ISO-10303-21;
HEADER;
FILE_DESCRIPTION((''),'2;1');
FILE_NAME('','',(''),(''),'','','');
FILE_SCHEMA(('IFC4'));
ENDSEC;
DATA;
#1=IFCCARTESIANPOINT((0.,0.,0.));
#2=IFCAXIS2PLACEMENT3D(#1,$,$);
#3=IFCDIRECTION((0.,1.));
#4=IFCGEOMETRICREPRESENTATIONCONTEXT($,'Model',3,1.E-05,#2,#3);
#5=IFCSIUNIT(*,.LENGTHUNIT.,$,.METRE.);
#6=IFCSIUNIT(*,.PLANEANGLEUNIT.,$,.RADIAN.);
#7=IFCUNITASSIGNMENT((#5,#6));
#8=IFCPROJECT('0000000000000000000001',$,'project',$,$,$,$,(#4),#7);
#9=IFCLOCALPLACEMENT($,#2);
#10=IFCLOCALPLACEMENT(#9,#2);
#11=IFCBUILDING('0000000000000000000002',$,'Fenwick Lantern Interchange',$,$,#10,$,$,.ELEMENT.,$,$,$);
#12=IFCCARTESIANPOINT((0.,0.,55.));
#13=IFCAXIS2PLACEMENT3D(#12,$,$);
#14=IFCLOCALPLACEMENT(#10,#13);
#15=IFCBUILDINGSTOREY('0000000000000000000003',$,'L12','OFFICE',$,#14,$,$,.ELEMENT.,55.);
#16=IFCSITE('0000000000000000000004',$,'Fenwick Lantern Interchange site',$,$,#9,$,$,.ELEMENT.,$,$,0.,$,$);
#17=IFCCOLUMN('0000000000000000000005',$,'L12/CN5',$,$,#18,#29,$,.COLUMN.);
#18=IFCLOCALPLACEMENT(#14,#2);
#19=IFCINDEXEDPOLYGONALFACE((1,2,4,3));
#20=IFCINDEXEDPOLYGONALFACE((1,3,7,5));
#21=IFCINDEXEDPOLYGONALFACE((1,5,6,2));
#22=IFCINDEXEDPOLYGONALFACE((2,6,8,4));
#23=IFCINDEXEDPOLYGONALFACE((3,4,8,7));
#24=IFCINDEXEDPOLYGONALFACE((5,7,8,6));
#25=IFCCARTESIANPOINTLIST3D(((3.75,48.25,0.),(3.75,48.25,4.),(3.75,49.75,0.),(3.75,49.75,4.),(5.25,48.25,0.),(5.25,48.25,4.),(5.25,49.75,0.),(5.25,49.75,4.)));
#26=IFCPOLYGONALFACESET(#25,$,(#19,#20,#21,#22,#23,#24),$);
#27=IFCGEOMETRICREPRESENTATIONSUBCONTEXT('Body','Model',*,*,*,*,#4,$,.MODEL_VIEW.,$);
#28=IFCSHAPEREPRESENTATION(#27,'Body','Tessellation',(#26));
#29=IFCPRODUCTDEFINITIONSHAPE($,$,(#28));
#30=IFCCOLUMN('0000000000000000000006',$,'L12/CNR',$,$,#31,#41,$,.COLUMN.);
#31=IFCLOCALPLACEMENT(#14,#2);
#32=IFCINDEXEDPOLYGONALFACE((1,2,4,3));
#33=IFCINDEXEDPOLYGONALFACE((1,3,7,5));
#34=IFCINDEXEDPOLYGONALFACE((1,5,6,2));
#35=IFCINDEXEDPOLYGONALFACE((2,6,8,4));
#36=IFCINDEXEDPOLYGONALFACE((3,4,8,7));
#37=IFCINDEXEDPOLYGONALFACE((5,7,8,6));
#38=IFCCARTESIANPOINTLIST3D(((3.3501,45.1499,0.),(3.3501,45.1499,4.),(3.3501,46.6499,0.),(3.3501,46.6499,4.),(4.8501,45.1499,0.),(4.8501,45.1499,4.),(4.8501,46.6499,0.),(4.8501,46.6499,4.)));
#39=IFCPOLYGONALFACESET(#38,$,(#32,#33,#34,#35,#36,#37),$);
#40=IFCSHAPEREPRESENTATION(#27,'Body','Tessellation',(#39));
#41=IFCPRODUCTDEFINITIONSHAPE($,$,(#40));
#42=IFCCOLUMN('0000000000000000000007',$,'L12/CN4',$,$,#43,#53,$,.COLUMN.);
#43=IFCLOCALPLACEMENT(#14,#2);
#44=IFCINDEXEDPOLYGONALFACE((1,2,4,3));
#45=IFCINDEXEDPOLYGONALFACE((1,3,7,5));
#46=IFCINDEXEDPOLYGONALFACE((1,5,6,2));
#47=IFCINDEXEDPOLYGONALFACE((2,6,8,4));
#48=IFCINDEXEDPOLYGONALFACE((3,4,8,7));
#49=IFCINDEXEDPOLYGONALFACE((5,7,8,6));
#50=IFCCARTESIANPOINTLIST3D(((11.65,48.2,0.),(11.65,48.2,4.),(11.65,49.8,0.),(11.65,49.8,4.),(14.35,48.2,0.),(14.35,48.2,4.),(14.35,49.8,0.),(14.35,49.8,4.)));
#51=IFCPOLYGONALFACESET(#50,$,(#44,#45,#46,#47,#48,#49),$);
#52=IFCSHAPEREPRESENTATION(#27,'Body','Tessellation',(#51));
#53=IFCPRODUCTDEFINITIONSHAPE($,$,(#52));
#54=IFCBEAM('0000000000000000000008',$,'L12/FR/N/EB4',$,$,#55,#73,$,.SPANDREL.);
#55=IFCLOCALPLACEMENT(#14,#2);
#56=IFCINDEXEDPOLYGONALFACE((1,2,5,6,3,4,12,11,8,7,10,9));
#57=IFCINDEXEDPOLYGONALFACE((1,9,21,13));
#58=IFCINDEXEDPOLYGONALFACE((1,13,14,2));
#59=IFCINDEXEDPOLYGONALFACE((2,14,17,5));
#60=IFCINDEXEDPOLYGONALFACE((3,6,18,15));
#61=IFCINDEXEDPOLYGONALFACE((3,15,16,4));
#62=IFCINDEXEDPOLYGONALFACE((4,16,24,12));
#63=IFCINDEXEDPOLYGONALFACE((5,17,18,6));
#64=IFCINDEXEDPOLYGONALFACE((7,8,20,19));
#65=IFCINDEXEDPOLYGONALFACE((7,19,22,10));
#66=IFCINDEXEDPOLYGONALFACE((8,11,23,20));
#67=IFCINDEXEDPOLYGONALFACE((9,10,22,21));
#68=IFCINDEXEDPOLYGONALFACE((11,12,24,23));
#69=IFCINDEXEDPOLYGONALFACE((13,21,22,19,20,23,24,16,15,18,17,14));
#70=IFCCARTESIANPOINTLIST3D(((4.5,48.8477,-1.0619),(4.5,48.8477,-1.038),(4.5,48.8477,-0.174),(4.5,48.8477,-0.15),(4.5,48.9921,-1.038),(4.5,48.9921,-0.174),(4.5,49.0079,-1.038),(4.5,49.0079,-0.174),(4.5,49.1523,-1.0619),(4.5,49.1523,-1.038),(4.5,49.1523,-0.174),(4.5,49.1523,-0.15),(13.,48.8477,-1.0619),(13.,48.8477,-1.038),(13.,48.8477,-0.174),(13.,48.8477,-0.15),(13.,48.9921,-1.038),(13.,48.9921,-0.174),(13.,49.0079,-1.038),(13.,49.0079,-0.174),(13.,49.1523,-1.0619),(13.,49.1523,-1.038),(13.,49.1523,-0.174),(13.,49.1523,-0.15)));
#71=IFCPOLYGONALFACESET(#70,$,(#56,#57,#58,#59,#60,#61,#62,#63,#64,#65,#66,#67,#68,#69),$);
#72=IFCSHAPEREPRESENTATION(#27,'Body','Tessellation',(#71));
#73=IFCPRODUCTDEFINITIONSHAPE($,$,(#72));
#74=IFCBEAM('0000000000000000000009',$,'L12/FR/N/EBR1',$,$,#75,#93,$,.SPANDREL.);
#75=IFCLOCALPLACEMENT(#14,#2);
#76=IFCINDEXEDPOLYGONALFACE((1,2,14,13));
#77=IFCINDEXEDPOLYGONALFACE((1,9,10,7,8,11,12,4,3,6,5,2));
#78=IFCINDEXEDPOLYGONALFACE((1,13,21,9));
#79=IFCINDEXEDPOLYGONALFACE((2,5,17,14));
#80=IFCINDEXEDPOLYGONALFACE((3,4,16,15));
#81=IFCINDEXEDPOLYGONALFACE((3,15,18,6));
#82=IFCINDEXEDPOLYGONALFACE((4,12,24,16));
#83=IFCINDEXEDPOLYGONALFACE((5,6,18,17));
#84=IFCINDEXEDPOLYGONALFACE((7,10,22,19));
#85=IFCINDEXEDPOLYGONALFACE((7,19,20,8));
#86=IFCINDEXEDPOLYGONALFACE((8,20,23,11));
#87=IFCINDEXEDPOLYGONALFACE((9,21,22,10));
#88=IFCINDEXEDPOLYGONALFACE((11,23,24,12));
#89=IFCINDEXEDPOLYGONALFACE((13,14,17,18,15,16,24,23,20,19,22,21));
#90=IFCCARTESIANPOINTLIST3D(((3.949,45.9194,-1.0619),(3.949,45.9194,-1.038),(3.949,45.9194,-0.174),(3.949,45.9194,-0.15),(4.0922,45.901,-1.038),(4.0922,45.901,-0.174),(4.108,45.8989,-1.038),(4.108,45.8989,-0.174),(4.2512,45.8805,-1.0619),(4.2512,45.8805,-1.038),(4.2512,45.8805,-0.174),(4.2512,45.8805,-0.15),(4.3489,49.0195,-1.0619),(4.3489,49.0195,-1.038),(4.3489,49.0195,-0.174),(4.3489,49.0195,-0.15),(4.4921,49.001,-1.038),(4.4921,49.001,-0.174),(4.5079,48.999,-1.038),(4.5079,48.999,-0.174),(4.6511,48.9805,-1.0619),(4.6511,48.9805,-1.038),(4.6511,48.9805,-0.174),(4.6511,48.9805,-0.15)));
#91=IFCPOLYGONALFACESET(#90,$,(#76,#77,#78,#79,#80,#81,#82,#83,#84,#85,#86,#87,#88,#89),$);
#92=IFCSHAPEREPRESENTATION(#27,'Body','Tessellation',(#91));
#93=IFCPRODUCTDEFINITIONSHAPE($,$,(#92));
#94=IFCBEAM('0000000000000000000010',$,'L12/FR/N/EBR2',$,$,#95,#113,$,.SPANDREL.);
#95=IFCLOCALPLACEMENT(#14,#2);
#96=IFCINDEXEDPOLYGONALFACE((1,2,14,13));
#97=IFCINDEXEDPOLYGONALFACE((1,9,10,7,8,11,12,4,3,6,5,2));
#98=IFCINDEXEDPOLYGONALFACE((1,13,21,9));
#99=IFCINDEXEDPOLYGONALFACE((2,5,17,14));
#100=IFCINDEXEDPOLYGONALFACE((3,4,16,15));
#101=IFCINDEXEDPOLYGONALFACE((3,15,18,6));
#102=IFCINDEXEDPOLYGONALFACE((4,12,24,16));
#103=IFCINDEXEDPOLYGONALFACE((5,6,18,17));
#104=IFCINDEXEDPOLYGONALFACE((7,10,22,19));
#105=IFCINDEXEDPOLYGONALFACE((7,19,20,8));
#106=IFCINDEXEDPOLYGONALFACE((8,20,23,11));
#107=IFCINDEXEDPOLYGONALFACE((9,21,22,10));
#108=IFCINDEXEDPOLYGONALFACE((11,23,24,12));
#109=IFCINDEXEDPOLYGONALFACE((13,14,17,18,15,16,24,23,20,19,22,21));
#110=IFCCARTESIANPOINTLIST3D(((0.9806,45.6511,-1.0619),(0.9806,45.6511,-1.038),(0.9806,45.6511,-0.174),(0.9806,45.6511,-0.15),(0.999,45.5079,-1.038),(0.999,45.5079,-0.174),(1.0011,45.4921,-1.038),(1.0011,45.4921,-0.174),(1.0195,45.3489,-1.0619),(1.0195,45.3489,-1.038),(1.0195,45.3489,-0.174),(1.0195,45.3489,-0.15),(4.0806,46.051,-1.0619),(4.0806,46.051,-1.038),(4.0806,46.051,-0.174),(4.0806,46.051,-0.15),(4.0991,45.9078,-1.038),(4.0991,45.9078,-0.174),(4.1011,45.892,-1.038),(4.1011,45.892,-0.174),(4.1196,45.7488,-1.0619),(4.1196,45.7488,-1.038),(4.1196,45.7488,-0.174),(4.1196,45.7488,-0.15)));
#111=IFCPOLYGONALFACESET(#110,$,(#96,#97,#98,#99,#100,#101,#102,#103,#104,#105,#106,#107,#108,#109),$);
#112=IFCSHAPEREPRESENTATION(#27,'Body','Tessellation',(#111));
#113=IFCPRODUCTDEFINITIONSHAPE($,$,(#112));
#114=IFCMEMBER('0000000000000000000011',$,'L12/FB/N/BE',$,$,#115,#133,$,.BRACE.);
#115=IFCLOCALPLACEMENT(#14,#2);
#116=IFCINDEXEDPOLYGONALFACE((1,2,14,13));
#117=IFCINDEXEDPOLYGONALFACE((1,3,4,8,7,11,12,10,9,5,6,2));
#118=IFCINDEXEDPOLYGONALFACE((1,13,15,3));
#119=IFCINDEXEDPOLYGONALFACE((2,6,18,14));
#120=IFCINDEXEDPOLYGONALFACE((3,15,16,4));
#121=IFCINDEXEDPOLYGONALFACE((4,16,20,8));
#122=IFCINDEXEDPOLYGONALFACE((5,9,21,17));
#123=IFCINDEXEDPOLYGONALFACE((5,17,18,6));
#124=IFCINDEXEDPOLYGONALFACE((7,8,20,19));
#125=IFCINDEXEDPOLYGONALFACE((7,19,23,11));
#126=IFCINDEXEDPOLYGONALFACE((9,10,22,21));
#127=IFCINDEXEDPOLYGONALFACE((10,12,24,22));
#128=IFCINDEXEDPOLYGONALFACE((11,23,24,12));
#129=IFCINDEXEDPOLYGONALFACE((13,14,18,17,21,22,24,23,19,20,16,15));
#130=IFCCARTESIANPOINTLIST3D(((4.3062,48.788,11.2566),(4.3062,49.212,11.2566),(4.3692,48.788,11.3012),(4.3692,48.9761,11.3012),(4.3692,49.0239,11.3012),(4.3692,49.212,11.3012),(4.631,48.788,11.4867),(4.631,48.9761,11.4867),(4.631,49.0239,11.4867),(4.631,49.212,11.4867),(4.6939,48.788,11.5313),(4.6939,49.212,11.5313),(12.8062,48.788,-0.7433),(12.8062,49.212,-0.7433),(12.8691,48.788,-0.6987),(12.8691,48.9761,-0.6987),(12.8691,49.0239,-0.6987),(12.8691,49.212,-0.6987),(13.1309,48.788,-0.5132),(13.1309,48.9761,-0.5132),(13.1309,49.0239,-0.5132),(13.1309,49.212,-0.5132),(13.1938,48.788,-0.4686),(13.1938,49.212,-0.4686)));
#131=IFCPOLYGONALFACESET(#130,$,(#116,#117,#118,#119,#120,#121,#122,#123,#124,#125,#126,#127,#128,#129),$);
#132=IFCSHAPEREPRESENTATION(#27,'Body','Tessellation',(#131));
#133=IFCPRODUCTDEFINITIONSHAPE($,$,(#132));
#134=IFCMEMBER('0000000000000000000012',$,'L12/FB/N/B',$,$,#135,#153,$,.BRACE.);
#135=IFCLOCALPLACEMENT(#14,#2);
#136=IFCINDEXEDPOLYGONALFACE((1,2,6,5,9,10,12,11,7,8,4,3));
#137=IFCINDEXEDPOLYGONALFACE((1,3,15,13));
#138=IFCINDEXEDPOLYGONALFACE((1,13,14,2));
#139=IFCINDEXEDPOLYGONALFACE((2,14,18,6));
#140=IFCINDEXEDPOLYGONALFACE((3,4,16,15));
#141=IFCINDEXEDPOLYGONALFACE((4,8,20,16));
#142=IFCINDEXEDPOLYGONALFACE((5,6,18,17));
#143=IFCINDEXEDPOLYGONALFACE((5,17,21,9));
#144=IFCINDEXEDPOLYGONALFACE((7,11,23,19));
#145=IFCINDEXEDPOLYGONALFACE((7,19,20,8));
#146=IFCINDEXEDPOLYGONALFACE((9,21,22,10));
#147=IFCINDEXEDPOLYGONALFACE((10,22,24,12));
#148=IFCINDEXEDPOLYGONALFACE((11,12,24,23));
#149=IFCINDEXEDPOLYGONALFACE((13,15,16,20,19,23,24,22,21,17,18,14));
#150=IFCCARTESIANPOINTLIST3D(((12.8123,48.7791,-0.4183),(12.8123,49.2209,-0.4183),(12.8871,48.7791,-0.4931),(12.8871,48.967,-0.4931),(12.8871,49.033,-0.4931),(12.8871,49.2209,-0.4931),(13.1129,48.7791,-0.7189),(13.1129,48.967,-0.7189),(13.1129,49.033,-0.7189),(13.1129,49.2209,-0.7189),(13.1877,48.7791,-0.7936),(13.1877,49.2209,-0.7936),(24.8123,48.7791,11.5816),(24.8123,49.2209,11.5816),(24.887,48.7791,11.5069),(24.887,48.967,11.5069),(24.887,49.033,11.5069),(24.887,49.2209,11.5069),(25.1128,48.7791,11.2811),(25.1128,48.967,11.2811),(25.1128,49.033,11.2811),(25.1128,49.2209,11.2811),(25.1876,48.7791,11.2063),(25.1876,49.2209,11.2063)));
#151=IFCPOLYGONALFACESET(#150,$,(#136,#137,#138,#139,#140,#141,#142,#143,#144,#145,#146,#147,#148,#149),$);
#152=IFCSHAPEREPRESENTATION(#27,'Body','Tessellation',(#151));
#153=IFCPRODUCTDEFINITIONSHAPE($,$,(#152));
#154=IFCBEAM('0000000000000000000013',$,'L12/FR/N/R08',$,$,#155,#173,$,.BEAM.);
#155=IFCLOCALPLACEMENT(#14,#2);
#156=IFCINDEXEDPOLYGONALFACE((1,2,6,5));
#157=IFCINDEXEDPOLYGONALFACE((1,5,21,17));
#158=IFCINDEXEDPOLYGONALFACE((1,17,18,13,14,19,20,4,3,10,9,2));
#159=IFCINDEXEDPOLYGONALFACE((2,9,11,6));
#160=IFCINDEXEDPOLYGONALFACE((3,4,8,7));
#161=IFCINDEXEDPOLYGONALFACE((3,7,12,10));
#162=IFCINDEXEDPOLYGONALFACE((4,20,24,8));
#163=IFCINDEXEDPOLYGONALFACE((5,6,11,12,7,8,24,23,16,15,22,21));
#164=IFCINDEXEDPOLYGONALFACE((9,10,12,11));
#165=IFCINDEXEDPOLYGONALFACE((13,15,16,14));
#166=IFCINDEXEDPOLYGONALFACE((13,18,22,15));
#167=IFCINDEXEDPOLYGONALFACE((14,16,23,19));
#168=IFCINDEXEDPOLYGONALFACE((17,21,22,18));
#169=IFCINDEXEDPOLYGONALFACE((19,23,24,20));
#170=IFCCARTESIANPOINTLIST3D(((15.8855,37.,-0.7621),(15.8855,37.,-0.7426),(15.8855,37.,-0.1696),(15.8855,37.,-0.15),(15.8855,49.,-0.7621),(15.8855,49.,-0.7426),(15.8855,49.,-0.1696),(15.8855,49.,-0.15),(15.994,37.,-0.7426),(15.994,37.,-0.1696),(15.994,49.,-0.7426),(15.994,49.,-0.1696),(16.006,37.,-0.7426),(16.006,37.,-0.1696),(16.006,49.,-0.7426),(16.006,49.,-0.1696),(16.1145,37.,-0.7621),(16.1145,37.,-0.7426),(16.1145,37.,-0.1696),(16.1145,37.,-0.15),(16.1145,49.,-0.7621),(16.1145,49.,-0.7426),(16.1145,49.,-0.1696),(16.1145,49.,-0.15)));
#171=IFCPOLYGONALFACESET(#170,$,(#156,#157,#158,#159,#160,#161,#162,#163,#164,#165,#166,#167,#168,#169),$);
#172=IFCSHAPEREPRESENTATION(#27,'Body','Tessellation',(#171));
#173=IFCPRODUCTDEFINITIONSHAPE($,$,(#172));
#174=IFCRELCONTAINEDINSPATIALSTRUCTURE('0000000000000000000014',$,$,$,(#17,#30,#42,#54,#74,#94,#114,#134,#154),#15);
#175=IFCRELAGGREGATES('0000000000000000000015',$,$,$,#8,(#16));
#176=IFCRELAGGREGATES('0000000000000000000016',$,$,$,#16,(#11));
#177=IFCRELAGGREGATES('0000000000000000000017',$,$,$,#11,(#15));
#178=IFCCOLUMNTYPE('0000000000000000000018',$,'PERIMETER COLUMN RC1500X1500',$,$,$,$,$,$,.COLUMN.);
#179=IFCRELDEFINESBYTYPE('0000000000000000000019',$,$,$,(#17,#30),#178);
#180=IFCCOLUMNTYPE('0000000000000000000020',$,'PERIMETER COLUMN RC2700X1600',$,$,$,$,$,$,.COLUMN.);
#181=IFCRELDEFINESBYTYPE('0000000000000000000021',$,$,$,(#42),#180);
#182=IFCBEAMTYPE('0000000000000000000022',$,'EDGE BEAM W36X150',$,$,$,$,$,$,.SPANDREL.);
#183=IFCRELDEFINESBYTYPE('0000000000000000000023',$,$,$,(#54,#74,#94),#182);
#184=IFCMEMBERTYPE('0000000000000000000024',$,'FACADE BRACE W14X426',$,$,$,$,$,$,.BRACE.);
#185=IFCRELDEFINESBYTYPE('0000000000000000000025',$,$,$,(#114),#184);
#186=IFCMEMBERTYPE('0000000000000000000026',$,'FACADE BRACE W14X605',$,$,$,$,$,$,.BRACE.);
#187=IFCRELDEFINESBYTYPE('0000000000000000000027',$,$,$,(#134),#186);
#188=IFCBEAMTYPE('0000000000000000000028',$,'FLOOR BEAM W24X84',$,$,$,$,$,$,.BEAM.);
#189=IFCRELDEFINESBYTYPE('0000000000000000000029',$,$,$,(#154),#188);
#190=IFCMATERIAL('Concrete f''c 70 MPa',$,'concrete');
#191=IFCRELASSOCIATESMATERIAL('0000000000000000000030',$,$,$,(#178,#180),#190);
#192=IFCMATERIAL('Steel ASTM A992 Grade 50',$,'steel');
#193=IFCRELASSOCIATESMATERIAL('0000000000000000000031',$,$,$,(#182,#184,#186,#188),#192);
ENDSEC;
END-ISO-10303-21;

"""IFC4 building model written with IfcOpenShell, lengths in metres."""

from ifc_helpers import new_model, si_unit, direction, frame, origin, origin_2d, place, context, subcontext, project, spatial, rectangle, i_section, extrude, material, material_profile, profile_set, type_object, element, save


model = new_model("IFC4")

# Units and contexts
model_context = context("Model", 3, precision=1e-05, world=origin(), true_north=direction((0.0, 1.0)))
body_context = subcontext(model_context, "Body", "Model", "MODEL_VIEW")
ifc_project = project(units=[si_unit("LENGTHUNIT", "METRE"), si_unit("PLANEANGLEUNIT", "RADIAN")], contexts=[model_context])

# Site, building, storey
site_placement = place(None, origin())
site = spatial("IfcSite", under=ifc_project, at=site_placement, Name="Fenwick Lantern Interchange site", CompositionType="ELEMENT", RefElevation=0.0)
building_placement = place(site_placement, origin())
building = spatial("IfcBuilding", under=site, at=building_placement, Name="Fenwick Lantern Interchange", CompositionType="ELEMENT")
storey_placement = place(building_placement, frame((0.0, 0.0, 55.0)))
storey = spatial("IfcBuildingStorey", under=building, at=storey_placement, Name="L12", Description="OFFICE", CompositionType="ELEMENT", Elevation=55.0)

# Columns
ifc_material_1 = material(Name="Concrete f'c 70 MPa", Category="concrete")
ifc_material_profile_1 = material_profile(ifc_material_1, rectangle(XDim=1.5, YDim=1.5, at=origin_2d()), Name="RC1500X1500")
ifc_profile_set_1 = profile_set([ifc_material_profile_1], Name="Concrete f'c 70 MPa")
column_type_1 = type_object("IfcColumnType", Name="PERIMETER COLUMN RC1500X1500", PredefinedType="COLUMN", material=ifc_profile_set_1)
for number, where, z_axis, x_axis, name in (
    (1, (4.5, 49.0, 0.0), (0.0, 0.0, 1.0), (1.0, 0.0, 0.0), "L12/CN5"),
    (2, (4.1001, 45.8999, 0.0), (0.0, 0.0, 1.0), (1.0, 0.0, 0.0), "L12/CNR"),
):
    element("IfcColumn", number, at=place(storey_placement, frame(where, z_axis=z_axis, x_axis=x_axis)), inside=storey, type_object=column_type_1, Name=name, PredefinedType="COLUMN", context=body_context, shape_type="SweptSolid", body=[
        extrude(rectangle(XDim=1.5, YDim=1.5, at=origin_2d()), origin(), (0.0, 0.0, 1.0), 4.0),
    ])
ifc_material_profile_2 = material_profile(ifc_material_1, rectangle(XDim=2.7, YDim=1.6001, at=origin_2d()), Name="RC2700X1600")
ifc_profile_set_2 = profile_set([ifc_material_profile_2], Name="Concrete f'c 70 MPa")
column_type_2 = type_object("IfcColumnType", Name="PERIMETER COLUMN RC2700X1600", PredefinedType="COLUMN", material=ifc_profile_set_2)
column_placement = place(storey_placement, frame((13.0, 49.0, 0.0), z_axis=(0.0, 0.0, 1.0), x_axis=(1.0, 0.0, 0.0)))
element("IfcColumn", 3, at=column_placement, inside=storey, type_object=column_type_2, Name="L12/CN4", PredefinedType="COLUMN", context=body_context, shape_type="SweptSolid", body=[
    extrude(rectangle(XDim=2.7, YDim=1.6001, at=origin_2d()), origin(), (0.0, 0.0, 1.0), 4.0),
])

# Beams
ifc_material_2 = material(Name="Steel ASTM A992 Grade 50", Category="steel")
ifc_material_profile_3 = material_profile(ifc_material_2, i_section(OverallWidth=0.3047, OverallDepth=0.9119, WebThickness=0.0159, FlangeThickness=0.0239, at=origin_2d()), Name="W36X150")
ifc_profile_set_3 = profile_set([ifc_material_profile_3], Name="Steel ASTM A992 Grade 50")
beam_type_1 = type_object("IfcBeamType", Name="EDGE BEAM W36X150", PredefinedType="SPANDREL", material=ifc_profile_set_3)
beam_1_placement = place(storey_placement, frame((13.0, 49.0, -0.606), z_axis=(-1.0, 0.0, 0.0), x_axis=(0.0, -1.0, 0.0)))
element("IfcBeam", 4, at=beam_1_placement, inside=storey, type_object=beam_type_1, Name="L12/FR/N/EB4", PredefinedType="SPANDREL", context=body_context, shape_type="SweptSolid", body=[
    extrude(i_section(OverallWidth=0.3047, OverallDepth=0.9119, WebThickness=0.0159, FlangeThickness=0.0239, at=origin_2d()), origin(), (0.0, 0.0, 1.0), 8.5),
])
for number, where, z_axis, x_axis, name in (
    (5, (4.5, 49.0, -0.606), (-0.127937, -0.991782, 0.0), (0.991782, -0.127937, 0.0), "L12/FR/N/EBR1"),
    (6, (4.1001, 45.8999, -0.606), (-0.991782, -0.127937, 0.0), (0.127937, -0.991782, 0.0), "L12/FR/N/EBR2"),
):
    element("IfcBeam", number, at=place(storey_placement, frame(where, z_axis=z_axis, x_axis=x_axis)), inside=storey, type_object=beam_type_1, Name=name, PredefinedType="SPANDREL", context=body_context, shape_type="SweptSolid", body=[
        extrude(i_section(OverallWidth=0.3047, OverallDepth=0.9119, WebThickness=0.0159, FlangeThickness=0.0239, at=origin_2d()), origin(), (0.0, 0.0, 1.0), 3.1257),
    ])

# Members
ifc_material_profile_4 = material_profile(ifc_material_2, i_section(OverallWidth=0.4241, OverallDepth=0.4751, WebThickness=0.0479, FlangeThickness=0.0771, at=origin_2d()), Name="W14X426")
ifc_profile_set_4 = profile_set([ifc_material_profile_4], Name="Steel ASTM A992 Grade 50")
member_type_1 = type_object("IfcMemberType", Name="FACADE BRACE W14X426", PredefinedType="BRACE", material=ifc_profile_set_4)
member_1_placement = place(storey_placement, frame((13.0, 49.0, -0.606), z_axis=(-0.578017, 0.0, 0.816024), x_axis=(0.0, -1.0, 0.0)))
element("IfcMember", 7, at=member_1_placement, inside=storey, type_object=member_type_1, Name="L12/FB/N/BE", PredefinedType="BRACE", context=body_context, shape_type="SweptSolid", body=[
    extrude(i_section(OverallWidth=0.4241, OverallDepth=0.4751, WebThickness=0.0479, FlangeThickness=0.0771, at=origin_2d()), origin(), (0.0, 0.0, 1.0), 14.7053),
])
ifc_material_profile_5 = material_profile(ifc_material_2, i_section(OverallWidth=0.4419, OverallDepth=0.5308, WebThickness=0.0659, FlangeThickness=0.1057, at=origin_2d()), Name="W14X605")
ifc_profile_set_5 = profile_set([ifc_material_profile_5], Name="Steel ASTM A992 Grade 50")
member_type_2 = type_object("IfcMemberType", Name="FACADE BRACE W14X605", PredefinedType="BRACE", material=ifc_profile_set_5)
member_2_placement = place(storey_placement, frame((13.0, 49.0, -0.606), z_axis=(0.707107, 0.0, 0.707107), x_axis=(0.0, 1.0, 0.0)))
element("IfcMember", 8, at=member_2_placement, inside=storey, type_object=member_type_2, Name="L12/FB/N/B", PredefinedType="BRACE", context=body_context, shape_type="SweptSolid", body=[
    extrude(i_section(OverallWidth=0.4419, OverallDepth=0.5308, WebThickness=0.0659, FlangeThickness=0.1057, at=origin_2d()), origin(), (0.0, 0.0, 1.0), 16.9705),
])

# Beam
ifc_material_profile_6 = material_profile(ifc_material_2, i_section(OverallWidth=0.229, OverallDepth=0.6121, WebThickness=0.012, FlangeThickness=0.0195, at=origin_2d()), Name="W24X84")
ifc_profile_set_6 = profile_set([ifc_material_profile_6], Name="Steel ASTM A992 Grade 50")
beam_type_2 = type_object("IfcBeamType", Name="FLOOR BEAM W24X84", PredefinedType="BEAM", material=ifc_profile_set_6)
beam_2_placement = place(storey_placement, frame((16.0, 49.0, -0.4561), z_axis=(0.0, -1.0, 0.0), x_axis=(1.0, 0.0, 0.0)))
element("IfcBeam", 9, at=beam_2_placement, inside=storey, type_object=beam_type_2, Name="L12/FR/N/R08", PredefinedType="BEAM", context=body_context, shape_type="SweptSolid", body=[
    extrude(i_section(OverallWidth=0.229, OverallDepth=0.6121, WebThickness=0.012, FlangeThickness=0.0195, at=origin_2d()), origin(), (0.0, 0.0, 1.0), 12.0),
])

save(model, "model.ifc")
